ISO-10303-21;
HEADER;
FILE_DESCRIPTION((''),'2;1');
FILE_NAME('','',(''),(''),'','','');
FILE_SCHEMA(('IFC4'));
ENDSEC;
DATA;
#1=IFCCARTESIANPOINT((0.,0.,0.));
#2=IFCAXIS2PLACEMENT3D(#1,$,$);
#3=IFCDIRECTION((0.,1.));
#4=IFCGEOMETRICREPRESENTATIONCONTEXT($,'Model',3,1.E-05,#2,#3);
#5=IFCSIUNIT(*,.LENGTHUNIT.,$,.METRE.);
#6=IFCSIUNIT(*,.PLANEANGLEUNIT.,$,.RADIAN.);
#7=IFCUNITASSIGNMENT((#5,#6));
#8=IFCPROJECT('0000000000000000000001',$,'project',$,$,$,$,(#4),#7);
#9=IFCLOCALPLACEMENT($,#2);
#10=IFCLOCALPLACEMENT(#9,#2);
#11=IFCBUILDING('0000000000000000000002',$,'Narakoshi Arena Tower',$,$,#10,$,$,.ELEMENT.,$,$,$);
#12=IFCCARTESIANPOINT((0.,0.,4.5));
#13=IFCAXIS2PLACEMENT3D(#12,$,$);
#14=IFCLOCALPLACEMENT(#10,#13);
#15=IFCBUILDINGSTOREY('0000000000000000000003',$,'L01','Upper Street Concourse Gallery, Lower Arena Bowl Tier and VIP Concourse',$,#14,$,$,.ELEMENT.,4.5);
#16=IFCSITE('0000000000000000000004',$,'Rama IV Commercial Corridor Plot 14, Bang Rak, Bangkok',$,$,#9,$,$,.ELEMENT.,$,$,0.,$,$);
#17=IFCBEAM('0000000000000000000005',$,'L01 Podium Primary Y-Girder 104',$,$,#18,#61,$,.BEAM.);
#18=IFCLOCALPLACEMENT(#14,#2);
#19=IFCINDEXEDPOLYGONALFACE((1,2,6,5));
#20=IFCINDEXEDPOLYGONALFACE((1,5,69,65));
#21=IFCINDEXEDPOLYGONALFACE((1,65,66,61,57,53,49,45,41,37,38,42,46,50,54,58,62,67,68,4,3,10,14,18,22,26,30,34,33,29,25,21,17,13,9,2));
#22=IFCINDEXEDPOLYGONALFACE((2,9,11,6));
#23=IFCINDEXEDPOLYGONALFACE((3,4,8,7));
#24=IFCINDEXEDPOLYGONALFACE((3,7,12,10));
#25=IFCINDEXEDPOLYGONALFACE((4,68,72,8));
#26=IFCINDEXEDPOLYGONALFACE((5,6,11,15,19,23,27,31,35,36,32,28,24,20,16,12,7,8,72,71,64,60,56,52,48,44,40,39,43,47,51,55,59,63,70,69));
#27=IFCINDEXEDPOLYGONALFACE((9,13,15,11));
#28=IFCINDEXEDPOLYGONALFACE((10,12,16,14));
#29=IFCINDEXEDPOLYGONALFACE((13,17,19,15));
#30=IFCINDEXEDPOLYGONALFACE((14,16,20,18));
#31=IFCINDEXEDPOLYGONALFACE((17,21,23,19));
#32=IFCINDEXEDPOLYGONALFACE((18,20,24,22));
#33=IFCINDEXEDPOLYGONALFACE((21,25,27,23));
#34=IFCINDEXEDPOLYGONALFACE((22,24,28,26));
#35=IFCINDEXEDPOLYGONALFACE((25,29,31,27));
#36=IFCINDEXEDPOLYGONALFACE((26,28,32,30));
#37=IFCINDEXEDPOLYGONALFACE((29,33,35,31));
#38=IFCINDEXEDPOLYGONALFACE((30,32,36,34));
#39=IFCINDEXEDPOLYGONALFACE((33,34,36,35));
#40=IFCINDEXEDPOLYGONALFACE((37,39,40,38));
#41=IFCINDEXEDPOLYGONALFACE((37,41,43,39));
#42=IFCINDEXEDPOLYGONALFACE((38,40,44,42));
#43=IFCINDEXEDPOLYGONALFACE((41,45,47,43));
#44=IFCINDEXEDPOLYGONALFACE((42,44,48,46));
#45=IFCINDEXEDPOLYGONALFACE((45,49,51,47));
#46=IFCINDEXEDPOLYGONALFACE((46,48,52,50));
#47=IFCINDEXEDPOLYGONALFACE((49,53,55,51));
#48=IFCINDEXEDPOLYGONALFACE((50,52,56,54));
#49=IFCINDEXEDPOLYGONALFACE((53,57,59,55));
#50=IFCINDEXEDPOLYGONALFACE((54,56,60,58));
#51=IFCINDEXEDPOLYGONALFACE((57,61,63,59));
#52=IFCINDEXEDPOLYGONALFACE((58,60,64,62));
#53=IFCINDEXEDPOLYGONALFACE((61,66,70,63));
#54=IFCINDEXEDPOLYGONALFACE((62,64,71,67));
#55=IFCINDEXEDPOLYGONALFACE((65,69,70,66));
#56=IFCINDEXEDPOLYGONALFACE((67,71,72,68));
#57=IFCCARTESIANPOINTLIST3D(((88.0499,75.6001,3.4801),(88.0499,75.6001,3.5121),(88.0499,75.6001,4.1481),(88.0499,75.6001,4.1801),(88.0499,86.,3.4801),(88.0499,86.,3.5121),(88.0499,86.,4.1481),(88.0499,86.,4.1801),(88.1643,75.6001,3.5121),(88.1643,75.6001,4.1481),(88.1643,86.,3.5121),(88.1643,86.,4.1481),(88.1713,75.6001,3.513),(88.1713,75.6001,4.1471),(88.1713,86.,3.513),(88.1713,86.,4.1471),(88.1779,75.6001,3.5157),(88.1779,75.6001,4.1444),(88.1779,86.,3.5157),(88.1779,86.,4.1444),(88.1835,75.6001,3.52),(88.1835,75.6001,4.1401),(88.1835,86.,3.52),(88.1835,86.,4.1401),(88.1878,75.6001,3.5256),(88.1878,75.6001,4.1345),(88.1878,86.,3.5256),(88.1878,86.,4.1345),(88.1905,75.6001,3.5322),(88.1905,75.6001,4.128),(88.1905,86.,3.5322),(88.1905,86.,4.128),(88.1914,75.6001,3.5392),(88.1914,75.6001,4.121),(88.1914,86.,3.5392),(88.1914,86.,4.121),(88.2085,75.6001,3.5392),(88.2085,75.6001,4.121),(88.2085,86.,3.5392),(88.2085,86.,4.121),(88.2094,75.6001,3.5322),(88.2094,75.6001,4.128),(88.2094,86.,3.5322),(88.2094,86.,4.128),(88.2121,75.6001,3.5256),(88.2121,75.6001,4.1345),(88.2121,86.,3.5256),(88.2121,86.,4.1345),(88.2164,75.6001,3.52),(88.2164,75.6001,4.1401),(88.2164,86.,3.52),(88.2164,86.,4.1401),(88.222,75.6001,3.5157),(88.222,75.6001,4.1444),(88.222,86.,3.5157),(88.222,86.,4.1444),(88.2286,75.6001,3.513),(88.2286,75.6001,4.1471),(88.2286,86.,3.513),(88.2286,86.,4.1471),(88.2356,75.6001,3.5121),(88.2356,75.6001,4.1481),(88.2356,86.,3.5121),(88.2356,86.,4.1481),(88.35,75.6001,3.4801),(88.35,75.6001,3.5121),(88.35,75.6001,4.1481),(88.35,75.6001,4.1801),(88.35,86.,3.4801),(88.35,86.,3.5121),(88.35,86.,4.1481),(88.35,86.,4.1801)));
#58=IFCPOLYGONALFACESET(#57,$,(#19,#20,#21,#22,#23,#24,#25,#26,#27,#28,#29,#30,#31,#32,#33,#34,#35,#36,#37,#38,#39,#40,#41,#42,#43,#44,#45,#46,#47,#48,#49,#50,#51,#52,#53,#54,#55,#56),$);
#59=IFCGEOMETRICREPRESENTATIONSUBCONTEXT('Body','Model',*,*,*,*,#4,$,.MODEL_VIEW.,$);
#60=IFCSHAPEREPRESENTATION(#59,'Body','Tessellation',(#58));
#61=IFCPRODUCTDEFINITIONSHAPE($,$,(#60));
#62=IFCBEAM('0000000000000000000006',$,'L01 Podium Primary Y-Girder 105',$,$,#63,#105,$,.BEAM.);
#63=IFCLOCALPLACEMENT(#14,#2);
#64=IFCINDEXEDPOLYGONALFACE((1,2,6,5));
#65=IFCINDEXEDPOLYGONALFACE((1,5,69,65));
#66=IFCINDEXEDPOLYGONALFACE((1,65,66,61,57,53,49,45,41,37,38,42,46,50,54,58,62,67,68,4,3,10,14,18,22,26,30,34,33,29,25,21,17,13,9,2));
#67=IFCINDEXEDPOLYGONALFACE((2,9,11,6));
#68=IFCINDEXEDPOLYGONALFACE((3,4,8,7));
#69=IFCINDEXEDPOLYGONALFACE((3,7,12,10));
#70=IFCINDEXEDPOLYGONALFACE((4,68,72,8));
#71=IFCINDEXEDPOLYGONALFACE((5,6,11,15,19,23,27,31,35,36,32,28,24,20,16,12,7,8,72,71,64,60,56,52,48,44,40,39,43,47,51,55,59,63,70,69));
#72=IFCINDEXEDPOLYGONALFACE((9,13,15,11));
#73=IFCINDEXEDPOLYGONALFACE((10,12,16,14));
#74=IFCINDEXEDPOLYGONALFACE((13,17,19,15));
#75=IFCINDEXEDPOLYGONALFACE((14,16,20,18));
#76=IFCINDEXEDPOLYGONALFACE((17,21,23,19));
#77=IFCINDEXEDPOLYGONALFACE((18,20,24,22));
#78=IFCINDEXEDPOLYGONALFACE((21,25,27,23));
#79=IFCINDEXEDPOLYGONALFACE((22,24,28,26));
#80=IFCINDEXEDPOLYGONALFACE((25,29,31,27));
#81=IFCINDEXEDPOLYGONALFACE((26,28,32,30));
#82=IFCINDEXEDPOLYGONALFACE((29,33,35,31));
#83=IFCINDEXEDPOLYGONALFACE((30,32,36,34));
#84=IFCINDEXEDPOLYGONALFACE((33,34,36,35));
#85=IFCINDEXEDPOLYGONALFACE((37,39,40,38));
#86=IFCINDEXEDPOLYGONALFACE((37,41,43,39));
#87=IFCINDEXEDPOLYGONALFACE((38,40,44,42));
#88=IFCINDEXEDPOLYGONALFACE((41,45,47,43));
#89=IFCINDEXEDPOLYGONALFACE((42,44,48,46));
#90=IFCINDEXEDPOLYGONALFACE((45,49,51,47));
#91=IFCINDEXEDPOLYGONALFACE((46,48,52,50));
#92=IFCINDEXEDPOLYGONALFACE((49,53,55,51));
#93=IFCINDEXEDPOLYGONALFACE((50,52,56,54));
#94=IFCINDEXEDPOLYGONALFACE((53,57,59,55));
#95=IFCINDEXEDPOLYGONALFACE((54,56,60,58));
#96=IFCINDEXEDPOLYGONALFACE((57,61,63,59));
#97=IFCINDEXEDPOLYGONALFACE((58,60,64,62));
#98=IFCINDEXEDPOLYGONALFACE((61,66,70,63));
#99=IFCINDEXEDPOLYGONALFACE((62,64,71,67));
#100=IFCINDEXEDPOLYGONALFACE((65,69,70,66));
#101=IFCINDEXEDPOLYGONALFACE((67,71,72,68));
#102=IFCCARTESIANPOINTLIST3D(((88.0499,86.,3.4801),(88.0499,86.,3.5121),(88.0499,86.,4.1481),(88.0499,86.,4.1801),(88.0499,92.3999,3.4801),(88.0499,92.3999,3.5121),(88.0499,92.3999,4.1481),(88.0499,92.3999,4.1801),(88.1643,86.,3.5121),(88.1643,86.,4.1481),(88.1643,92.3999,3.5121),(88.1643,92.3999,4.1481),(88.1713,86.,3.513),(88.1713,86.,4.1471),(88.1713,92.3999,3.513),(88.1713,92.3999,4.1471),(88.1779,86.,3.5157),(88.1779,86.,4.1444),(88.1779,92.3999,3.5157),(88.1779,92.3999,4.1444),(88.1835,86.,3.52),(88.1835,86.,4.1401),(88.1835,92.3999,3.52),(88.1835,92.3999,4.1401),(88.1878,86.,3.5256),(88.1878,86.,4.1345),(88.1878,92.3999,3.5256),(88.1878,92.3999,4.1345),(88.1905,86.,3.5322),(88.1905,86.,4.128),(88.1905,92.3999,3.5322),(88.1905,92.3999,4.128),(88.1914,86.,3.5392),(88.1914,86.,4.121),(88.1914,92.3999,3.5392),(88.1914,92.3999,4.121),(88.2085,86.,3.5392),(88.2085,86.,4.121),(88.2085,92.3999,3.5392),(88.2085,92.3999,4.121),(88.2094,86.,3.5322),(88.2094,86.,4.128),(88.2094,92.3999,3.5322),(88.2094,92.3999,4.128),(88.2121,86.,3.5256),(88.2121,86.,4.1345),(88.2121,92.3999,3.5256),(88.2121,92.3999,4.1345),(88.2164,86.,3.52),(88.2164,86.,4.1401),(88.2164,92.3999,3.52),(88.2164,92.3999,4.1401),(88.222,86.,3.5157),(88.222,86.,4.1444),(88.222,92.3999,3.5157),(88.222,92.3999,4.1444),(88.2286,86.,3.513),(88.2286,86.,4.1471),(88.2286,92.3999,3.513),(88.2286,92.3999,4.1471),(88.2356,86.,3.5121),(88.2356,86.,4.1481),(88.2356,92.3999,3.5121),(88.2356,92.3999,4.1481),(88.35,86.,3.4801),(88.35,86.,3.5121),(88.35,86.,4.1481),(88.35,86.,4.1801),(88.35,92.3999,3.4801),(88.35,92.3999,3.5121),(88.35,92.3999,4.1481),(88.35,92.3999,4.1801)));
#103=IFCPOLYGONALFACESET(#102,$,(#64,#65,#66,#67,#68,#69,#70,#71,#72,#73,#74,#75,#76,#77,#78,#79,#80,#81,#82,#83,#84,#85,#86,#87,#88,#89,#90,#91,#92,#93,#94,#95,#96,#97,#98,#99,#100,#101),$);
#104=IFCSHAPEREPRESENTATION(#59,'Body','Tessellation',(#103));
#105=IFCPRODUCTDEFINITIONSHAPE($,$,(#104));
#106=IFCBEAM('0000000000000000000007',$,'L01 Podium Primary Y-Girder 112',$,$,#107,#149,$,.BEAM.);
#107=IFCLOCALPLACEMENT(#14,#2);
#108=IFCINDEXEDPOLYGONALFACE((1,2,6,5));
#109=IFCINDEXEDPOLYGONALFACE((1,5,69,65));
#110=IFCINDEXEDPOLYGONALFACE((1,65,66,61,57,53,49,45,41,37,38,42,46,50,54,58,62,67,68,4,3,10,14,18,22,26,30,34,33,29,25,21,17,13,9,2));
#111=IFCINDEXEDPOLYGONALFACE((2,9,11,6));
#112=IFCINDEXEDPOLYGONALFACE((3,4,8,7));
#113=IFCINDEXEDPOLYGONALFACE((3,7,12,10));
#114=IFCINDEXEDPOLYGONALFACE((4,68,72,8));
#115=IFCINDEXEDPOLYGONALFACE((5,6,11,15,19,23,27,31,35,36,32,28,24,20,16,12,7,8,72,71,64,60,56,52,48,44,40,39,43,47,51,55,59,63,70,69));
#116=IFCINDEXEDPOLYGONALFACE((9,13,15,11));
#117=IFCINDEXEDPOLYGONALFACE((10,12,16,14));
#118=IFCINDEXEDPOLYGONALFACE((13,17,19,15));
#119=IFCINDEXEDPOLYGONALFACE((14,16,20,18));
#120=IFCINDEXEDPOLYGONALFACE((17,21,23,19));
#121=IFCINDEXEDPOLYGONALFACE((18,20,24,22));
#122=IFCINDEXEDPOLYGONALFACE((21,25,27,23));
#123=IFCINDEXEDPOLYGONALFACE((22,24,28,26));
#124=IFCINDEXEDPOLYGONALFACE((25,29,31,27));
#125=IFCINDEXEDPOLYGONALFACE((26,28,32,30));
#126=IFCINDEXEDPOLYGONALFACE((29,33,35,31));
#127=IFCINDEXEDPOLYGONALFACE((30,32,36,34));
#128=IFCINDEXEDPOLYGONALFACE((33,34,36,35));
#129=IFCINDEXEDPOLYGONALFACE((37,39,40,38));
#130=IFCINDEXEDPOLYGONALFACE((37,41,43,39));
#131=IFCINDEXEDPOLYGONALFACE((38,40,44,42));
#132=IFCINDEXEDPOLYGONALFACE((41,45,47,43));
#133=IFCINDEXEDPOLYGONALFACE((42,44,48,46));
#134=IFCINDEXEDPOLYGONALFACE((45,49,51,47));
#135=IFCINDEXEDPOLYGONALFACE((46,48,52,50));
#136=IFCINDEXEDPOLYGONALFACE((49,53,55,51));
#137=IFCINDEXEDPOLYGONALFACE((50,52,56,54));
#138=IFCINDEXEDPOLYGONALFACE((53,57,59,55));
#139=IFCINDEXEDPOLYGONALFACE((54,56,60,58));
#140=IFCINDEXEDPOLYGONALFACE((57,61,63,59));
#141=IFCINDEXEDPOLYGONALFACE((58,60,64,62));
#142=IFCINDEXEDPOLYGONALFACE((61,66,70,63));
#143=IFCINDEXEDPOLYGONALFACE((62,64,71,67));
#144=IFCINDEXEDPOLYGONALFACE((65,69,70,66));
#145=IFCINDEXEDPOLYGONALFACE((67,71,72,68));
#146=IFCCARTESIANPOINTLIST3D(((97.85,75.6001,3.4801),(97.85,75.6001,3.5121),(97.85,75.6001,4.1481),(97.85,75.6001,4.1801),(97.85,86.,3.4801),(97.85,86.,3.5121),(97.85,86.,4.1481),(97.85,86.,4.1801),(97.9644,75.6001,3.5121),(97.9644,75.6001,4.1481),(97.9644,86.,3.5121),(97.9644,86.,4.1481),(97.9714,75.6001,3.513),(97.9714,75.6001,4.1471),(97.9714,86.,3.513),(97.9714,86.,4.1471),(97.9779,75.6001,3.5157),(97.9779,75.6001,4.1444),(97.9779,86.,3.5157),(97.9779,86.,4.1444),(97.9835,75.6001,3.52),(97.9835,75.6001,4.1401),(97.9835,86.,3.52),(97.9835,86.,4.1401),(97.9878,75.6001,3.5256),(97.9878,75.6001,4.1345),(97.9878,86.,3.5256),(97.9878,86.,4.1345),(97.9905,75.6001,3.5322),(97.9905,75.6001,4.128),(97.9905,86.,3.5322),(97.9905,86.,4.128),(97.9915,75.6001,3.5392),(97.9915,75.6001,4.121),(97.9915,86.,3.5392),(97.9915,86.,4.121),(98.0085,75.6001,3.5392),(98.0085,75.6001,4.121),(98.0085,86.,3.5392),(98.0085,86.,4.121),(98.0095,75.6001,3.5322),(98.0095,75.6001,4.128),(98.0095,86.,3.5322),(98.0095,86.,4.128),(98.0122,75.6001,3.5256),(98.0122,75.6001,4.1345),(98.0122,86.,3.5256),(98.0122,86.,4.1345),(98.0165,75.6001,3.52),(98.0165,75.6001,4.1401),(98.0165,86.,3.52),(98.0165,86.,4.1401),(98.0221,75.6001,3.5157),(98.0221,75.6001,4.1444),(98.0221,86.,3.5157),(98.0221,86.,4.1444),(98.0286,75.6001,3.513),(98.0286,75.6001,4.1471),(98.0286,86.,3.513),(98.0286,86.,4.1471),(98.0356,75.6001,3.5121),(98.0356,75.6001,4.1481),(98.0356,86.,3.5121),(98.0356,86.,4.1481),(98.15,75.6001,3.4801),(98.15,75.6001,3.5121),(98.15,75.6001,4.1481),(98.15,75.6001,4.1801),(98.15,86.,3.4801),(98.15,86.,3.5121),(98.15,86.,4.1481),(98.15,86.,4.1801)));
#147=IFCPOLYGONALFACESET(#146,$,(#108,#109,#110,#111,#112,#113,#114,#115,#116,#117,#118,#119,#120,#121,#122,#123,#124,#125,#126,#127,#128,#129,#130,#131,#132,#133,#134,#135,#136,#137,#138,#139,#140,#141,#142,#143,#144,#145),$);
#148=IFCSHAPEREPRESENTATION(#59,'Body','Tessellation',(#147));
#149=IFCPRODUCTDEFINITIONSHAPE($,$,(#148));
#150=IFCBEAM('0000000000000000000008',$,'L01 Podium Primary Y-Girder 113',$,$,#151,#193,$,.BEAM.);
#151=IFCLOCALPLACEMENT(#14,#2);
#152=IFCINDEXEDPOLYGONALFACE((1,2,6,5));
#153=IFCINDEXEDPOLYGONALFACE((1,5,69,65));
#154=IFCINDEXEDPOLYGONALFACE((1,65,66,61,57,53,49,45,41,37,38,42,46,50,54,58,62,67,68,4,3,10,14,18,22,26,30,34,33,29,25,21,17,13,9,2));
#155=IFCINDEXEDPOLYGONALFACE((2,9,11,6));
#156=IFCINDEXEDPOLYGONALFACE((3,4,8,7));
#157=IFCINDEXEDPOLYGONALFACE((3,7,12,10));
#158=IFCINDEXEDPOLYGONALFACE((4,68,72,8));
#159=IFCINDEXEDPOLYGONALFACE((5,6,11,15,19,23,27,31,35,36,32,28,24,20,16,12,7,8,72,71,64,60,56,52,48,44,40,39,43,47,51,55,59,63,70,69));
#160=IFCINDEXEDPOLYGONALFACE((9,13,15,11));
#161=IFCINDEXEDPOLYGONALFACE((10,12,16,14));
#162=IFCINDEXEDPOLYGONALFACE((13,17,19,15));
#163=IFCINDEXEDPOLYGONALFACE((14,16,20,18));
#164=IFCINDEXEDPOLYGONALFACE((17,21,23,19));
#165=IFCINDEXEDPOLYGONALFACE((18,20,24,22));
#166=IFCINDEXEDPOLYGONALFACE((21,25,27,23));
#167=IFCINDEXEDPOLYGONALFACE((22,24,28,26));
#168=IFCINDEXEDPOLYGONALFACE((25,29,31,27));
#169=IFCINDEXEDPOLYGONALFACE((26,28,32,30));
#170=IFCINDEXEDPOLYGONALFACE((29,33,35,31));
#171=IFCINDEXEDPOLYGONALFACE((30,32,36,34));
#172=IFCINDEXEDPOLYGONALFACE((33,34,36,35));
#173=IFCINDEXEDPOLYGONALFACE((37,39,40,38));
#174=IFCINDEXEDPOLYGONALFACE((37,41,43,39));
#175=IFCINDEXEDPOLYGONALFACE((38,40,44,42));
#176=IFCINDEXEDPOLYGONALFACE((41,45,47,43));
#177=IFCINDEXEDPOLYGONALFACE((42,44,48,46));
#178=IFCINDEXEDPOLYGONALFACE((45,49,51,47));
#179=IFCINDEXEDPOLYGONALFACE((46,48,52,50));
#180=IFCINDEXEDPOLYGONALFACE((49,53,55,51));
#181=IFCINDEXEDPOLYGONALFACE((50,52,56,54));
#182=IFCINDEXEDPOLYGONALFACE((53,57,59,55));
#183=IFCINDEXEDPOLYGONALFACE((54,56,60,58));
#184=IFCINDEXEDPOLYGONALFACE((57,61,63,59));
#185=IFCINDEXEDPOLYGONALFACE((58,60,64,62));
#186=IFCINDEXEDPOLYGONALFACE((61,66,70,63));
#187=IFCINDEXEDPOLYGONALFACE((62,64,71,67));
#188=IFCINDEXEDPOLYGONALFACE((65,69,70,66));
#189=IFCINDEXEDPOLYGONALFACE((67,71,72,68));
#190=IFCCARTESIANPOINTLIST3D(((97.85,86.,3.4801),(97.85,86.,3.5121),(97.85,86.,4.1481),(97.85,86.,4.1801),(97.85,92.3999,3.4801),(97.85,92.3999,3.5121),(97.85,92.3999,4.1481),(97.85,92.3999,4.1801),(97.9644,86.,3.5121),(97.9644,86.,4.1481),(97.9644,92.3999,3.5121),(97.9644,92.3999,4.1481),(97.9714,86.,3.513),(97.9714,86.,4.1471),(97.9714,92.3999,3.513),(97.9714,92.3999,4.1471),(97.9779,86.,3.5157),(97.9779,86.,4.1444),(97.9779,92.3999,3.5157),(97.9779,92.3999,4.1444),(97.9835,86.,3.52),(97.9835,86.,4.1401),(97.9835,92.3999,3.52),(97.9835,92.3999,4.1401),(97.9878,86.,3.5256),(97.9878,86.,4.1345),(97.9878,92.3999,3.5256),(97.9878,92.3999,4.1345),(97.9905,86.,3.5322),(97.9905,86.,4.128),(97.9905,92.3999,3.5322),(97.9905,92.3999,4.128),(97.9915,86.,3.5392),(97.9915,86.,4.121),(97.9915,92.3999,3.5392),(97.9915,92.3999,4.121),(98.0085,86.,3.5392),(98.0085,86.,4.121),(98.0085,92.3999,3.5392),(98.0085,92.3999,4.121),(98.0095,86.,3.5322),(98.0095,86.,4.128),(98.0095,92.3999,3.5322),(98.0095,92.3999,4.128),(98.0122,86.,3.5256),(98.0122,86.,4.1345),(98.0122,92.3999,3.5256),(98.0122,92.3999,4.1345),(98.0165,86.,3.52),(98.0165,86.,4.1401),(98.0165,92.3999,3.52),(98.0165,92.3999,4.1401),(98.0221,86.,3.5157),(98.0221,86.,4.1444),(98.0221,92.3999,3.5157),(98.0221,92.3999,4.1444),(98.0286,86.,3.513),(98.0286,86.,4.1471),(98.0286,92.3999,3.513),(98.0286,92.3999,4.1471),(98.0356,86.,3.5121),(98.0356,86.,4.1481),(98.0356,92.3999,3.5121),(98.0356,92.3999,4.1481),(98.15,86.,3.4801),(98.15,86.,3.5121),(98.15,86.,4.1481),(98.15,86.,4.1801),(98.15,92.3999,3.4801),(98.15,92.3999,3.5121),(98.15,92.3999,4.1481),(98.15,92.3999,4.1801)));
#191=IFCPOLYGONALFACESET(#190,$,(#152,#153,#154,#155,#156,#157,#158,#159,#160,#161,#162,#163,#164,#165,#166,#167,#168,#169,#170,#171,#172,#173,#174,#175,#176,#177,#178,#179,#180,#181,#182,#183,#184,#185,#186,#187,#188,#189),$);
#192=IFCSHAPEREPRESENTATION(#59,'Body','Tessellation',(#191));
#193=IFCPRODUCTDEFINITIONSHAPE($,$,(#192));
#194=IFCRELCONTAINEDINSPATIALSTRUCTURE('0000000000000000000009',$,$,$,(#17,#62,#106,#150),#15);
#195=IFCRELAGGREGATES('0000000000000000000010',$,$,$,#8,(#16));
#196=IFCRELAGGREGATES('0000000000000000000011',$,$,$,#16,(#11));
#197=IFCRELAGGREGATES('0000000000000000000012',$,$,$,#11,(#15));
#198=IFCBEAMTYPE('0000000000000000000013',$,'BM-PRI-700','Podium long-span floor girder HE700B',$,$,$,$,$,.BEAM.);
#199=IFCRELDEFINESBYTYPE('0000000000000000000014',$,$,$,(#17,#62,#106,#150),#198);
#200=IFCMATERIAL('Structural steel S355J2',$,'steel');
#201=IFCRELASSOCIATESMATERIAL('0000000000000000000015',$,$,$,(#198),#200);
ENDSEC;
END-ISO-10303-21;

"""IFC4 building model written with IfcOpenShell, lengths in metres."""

from ifc_helpers import new_model, si_unit, direction, frame, origin, origin_2d, place, context, subcontext, project, spatial, i_section, extrude, material, material_profile, profile_set, type_object, element, save


model = new_model("IFC4")

# Units and contexts
model_context = context("Model", 3, precision=1e-05, world=origin(), true_north=direction((0.0, 1.0)))
body_context = subcontext(model_context, "Body", "Model", "MODEL_VIEW")
ifc_project = project(units=[si_unit("LENGTHUNIT", "METRE"), si_unit("PLANEANGLEUNIT", "RADIAN")], contexts=[model_context])

# Site, building, storey
site_placement = place(None, origin())
site = spatial("IfcSite", under=ifc_project, at=site_placement, Name="Rama IV Commercial Corridor Plot 14, Bang Rak, Bangkok", CompositionType="ELEMENT", RefElevation=0.0)
building_placement = place(site_placement, origin())
building = spatial("IfcBuilding", under=site, at=building_placement, Name="Narakoshi Arena Tower", CompositionType="ELEMENT")
storey_placement = place(building_placement, frame((0.0, 0.0, 4.5)))
storey = spatial("IfcBuildingStorey", under=building, at=storey_placement, Name="L01", Description="Upper Street Concourse Gallery, Lower Arena Bowl Tier and VIP Concourse", CompositionType="ELEMENT", Elevation=4.5)

# Beams
ifc_material_1 = material(Name="Structural steel S355J2", Category="steel")
ifc_material_profile_1 = material_profile(ifc_material_1, i_section(OverallWidth=0.3, OverallDepth=0.7, WebThickness=0.0171, FlangeThickness=0.032, FilletRadius=0.0271, at=origin_2d()), Name="HE700B")
ifc_profile_set_1 = profile_set([ifc_material_profile_1], Name="Structural steel S355J2")
beam_type_1 = type_object("IfcBeamType", Name="BM-PRI-700", Description="Podium long-span floor girder HE700B", PredefinedType="BEAM", material=ifc_profile_set_1)
beam_1_placement = place(storey_placement, frame((88.2, 75.6001, 3.8301), z_axis=(0.0, 1.0, 0.0), x_axis=(-1.0, 0.0, 0.0)))
element("IfcBeam", 1, at=beam_1_placement, inside=storey, type_object=beam_type_1, Name="L01 Podium Primary Y-Girder 104", PredefinedType="BEAM", context=body_context, shape_type="SweptSolid", body=[
    extrude(i_section(OverallWidth=0.3, OverallDepth=0.7, WebThickness=0.0171, FlangeThickness=0.032, FilletRadius=0.0271, at=origin_2d()), origin(), (0.0, 0.0, 1.0), 10.3999),
])
beam_2_placement = place(storey_placement, frame((88.2, 86.0, 3.8301), z_axis=(0.0, 1.0, 0.0), x_axis=(-1.0, 0.0, 0.0)))
element("IfcBeam", 2, at=beam_2_placement, inside=storey, type_object=beam_type_1, Name="L01 Podium Primary Y-Girder 105", PredefinedType="BEAM", context=body_context, shape_type="SweptSolid", body=[
    extrude(i_section(OverallWidth=0.3, OverallDepth=0.7, WebThickness=0.0171, FlangeThickness=0.032, FilletRadius=0.0271, at=origin_2d()), origin(), (0.0, 0.0, 1.0), 6.3999),
])
beam_3_placement = place(storey_placement, frame((98.0, 75.6001, 3.8301), z_axis=(0.0, 1.0, 0.0), x_axis=(-1.0, 0.0, 0.0)))
element("IfcBeam", 3, at=beam_3_placement, inside=storey, type_object=beam_type_1, Name="L01 Podium Primary Y-Girder 112", PredefinedType="BEAM", context=body_context, shape_type="SweptSolid", body=[
    extrude(i_section(OverallWidth=0.3, OverallDepth=0.7, WebThickness=0.0171, FlangeThickness=0.032, FilletRadius=0.0271, at=origin_2d()), origin(), (0.0, 0.0, 1.0), 10.3999),
])
beam_4_placement = place(storey_placement, frame((98.0, 86.0, 3.8301), z_axis=(0.0, 1.0, 0.0), x_axis=(-1.0, 0.0, 0.0)))
element("IfcBeam", 4, at=beam_4_placement, inside=storey, type_object=beam_type_1, Name="L01 Podium Primary Y-Girder 113", PredefinedType="BEAM", context=body_context, shape_type="SweptSolid", body=[
    extrude(i_section(OverallWidth=0.3, OverallDepth=0.7, WebThickness=0.0171, FlangeThickness=0.032, FilletRadius=0.0271, at=origin_2d()), origin(), (0.0, 0.0, 1.0), 6.3999),
])

save(model, "model.ifc")
